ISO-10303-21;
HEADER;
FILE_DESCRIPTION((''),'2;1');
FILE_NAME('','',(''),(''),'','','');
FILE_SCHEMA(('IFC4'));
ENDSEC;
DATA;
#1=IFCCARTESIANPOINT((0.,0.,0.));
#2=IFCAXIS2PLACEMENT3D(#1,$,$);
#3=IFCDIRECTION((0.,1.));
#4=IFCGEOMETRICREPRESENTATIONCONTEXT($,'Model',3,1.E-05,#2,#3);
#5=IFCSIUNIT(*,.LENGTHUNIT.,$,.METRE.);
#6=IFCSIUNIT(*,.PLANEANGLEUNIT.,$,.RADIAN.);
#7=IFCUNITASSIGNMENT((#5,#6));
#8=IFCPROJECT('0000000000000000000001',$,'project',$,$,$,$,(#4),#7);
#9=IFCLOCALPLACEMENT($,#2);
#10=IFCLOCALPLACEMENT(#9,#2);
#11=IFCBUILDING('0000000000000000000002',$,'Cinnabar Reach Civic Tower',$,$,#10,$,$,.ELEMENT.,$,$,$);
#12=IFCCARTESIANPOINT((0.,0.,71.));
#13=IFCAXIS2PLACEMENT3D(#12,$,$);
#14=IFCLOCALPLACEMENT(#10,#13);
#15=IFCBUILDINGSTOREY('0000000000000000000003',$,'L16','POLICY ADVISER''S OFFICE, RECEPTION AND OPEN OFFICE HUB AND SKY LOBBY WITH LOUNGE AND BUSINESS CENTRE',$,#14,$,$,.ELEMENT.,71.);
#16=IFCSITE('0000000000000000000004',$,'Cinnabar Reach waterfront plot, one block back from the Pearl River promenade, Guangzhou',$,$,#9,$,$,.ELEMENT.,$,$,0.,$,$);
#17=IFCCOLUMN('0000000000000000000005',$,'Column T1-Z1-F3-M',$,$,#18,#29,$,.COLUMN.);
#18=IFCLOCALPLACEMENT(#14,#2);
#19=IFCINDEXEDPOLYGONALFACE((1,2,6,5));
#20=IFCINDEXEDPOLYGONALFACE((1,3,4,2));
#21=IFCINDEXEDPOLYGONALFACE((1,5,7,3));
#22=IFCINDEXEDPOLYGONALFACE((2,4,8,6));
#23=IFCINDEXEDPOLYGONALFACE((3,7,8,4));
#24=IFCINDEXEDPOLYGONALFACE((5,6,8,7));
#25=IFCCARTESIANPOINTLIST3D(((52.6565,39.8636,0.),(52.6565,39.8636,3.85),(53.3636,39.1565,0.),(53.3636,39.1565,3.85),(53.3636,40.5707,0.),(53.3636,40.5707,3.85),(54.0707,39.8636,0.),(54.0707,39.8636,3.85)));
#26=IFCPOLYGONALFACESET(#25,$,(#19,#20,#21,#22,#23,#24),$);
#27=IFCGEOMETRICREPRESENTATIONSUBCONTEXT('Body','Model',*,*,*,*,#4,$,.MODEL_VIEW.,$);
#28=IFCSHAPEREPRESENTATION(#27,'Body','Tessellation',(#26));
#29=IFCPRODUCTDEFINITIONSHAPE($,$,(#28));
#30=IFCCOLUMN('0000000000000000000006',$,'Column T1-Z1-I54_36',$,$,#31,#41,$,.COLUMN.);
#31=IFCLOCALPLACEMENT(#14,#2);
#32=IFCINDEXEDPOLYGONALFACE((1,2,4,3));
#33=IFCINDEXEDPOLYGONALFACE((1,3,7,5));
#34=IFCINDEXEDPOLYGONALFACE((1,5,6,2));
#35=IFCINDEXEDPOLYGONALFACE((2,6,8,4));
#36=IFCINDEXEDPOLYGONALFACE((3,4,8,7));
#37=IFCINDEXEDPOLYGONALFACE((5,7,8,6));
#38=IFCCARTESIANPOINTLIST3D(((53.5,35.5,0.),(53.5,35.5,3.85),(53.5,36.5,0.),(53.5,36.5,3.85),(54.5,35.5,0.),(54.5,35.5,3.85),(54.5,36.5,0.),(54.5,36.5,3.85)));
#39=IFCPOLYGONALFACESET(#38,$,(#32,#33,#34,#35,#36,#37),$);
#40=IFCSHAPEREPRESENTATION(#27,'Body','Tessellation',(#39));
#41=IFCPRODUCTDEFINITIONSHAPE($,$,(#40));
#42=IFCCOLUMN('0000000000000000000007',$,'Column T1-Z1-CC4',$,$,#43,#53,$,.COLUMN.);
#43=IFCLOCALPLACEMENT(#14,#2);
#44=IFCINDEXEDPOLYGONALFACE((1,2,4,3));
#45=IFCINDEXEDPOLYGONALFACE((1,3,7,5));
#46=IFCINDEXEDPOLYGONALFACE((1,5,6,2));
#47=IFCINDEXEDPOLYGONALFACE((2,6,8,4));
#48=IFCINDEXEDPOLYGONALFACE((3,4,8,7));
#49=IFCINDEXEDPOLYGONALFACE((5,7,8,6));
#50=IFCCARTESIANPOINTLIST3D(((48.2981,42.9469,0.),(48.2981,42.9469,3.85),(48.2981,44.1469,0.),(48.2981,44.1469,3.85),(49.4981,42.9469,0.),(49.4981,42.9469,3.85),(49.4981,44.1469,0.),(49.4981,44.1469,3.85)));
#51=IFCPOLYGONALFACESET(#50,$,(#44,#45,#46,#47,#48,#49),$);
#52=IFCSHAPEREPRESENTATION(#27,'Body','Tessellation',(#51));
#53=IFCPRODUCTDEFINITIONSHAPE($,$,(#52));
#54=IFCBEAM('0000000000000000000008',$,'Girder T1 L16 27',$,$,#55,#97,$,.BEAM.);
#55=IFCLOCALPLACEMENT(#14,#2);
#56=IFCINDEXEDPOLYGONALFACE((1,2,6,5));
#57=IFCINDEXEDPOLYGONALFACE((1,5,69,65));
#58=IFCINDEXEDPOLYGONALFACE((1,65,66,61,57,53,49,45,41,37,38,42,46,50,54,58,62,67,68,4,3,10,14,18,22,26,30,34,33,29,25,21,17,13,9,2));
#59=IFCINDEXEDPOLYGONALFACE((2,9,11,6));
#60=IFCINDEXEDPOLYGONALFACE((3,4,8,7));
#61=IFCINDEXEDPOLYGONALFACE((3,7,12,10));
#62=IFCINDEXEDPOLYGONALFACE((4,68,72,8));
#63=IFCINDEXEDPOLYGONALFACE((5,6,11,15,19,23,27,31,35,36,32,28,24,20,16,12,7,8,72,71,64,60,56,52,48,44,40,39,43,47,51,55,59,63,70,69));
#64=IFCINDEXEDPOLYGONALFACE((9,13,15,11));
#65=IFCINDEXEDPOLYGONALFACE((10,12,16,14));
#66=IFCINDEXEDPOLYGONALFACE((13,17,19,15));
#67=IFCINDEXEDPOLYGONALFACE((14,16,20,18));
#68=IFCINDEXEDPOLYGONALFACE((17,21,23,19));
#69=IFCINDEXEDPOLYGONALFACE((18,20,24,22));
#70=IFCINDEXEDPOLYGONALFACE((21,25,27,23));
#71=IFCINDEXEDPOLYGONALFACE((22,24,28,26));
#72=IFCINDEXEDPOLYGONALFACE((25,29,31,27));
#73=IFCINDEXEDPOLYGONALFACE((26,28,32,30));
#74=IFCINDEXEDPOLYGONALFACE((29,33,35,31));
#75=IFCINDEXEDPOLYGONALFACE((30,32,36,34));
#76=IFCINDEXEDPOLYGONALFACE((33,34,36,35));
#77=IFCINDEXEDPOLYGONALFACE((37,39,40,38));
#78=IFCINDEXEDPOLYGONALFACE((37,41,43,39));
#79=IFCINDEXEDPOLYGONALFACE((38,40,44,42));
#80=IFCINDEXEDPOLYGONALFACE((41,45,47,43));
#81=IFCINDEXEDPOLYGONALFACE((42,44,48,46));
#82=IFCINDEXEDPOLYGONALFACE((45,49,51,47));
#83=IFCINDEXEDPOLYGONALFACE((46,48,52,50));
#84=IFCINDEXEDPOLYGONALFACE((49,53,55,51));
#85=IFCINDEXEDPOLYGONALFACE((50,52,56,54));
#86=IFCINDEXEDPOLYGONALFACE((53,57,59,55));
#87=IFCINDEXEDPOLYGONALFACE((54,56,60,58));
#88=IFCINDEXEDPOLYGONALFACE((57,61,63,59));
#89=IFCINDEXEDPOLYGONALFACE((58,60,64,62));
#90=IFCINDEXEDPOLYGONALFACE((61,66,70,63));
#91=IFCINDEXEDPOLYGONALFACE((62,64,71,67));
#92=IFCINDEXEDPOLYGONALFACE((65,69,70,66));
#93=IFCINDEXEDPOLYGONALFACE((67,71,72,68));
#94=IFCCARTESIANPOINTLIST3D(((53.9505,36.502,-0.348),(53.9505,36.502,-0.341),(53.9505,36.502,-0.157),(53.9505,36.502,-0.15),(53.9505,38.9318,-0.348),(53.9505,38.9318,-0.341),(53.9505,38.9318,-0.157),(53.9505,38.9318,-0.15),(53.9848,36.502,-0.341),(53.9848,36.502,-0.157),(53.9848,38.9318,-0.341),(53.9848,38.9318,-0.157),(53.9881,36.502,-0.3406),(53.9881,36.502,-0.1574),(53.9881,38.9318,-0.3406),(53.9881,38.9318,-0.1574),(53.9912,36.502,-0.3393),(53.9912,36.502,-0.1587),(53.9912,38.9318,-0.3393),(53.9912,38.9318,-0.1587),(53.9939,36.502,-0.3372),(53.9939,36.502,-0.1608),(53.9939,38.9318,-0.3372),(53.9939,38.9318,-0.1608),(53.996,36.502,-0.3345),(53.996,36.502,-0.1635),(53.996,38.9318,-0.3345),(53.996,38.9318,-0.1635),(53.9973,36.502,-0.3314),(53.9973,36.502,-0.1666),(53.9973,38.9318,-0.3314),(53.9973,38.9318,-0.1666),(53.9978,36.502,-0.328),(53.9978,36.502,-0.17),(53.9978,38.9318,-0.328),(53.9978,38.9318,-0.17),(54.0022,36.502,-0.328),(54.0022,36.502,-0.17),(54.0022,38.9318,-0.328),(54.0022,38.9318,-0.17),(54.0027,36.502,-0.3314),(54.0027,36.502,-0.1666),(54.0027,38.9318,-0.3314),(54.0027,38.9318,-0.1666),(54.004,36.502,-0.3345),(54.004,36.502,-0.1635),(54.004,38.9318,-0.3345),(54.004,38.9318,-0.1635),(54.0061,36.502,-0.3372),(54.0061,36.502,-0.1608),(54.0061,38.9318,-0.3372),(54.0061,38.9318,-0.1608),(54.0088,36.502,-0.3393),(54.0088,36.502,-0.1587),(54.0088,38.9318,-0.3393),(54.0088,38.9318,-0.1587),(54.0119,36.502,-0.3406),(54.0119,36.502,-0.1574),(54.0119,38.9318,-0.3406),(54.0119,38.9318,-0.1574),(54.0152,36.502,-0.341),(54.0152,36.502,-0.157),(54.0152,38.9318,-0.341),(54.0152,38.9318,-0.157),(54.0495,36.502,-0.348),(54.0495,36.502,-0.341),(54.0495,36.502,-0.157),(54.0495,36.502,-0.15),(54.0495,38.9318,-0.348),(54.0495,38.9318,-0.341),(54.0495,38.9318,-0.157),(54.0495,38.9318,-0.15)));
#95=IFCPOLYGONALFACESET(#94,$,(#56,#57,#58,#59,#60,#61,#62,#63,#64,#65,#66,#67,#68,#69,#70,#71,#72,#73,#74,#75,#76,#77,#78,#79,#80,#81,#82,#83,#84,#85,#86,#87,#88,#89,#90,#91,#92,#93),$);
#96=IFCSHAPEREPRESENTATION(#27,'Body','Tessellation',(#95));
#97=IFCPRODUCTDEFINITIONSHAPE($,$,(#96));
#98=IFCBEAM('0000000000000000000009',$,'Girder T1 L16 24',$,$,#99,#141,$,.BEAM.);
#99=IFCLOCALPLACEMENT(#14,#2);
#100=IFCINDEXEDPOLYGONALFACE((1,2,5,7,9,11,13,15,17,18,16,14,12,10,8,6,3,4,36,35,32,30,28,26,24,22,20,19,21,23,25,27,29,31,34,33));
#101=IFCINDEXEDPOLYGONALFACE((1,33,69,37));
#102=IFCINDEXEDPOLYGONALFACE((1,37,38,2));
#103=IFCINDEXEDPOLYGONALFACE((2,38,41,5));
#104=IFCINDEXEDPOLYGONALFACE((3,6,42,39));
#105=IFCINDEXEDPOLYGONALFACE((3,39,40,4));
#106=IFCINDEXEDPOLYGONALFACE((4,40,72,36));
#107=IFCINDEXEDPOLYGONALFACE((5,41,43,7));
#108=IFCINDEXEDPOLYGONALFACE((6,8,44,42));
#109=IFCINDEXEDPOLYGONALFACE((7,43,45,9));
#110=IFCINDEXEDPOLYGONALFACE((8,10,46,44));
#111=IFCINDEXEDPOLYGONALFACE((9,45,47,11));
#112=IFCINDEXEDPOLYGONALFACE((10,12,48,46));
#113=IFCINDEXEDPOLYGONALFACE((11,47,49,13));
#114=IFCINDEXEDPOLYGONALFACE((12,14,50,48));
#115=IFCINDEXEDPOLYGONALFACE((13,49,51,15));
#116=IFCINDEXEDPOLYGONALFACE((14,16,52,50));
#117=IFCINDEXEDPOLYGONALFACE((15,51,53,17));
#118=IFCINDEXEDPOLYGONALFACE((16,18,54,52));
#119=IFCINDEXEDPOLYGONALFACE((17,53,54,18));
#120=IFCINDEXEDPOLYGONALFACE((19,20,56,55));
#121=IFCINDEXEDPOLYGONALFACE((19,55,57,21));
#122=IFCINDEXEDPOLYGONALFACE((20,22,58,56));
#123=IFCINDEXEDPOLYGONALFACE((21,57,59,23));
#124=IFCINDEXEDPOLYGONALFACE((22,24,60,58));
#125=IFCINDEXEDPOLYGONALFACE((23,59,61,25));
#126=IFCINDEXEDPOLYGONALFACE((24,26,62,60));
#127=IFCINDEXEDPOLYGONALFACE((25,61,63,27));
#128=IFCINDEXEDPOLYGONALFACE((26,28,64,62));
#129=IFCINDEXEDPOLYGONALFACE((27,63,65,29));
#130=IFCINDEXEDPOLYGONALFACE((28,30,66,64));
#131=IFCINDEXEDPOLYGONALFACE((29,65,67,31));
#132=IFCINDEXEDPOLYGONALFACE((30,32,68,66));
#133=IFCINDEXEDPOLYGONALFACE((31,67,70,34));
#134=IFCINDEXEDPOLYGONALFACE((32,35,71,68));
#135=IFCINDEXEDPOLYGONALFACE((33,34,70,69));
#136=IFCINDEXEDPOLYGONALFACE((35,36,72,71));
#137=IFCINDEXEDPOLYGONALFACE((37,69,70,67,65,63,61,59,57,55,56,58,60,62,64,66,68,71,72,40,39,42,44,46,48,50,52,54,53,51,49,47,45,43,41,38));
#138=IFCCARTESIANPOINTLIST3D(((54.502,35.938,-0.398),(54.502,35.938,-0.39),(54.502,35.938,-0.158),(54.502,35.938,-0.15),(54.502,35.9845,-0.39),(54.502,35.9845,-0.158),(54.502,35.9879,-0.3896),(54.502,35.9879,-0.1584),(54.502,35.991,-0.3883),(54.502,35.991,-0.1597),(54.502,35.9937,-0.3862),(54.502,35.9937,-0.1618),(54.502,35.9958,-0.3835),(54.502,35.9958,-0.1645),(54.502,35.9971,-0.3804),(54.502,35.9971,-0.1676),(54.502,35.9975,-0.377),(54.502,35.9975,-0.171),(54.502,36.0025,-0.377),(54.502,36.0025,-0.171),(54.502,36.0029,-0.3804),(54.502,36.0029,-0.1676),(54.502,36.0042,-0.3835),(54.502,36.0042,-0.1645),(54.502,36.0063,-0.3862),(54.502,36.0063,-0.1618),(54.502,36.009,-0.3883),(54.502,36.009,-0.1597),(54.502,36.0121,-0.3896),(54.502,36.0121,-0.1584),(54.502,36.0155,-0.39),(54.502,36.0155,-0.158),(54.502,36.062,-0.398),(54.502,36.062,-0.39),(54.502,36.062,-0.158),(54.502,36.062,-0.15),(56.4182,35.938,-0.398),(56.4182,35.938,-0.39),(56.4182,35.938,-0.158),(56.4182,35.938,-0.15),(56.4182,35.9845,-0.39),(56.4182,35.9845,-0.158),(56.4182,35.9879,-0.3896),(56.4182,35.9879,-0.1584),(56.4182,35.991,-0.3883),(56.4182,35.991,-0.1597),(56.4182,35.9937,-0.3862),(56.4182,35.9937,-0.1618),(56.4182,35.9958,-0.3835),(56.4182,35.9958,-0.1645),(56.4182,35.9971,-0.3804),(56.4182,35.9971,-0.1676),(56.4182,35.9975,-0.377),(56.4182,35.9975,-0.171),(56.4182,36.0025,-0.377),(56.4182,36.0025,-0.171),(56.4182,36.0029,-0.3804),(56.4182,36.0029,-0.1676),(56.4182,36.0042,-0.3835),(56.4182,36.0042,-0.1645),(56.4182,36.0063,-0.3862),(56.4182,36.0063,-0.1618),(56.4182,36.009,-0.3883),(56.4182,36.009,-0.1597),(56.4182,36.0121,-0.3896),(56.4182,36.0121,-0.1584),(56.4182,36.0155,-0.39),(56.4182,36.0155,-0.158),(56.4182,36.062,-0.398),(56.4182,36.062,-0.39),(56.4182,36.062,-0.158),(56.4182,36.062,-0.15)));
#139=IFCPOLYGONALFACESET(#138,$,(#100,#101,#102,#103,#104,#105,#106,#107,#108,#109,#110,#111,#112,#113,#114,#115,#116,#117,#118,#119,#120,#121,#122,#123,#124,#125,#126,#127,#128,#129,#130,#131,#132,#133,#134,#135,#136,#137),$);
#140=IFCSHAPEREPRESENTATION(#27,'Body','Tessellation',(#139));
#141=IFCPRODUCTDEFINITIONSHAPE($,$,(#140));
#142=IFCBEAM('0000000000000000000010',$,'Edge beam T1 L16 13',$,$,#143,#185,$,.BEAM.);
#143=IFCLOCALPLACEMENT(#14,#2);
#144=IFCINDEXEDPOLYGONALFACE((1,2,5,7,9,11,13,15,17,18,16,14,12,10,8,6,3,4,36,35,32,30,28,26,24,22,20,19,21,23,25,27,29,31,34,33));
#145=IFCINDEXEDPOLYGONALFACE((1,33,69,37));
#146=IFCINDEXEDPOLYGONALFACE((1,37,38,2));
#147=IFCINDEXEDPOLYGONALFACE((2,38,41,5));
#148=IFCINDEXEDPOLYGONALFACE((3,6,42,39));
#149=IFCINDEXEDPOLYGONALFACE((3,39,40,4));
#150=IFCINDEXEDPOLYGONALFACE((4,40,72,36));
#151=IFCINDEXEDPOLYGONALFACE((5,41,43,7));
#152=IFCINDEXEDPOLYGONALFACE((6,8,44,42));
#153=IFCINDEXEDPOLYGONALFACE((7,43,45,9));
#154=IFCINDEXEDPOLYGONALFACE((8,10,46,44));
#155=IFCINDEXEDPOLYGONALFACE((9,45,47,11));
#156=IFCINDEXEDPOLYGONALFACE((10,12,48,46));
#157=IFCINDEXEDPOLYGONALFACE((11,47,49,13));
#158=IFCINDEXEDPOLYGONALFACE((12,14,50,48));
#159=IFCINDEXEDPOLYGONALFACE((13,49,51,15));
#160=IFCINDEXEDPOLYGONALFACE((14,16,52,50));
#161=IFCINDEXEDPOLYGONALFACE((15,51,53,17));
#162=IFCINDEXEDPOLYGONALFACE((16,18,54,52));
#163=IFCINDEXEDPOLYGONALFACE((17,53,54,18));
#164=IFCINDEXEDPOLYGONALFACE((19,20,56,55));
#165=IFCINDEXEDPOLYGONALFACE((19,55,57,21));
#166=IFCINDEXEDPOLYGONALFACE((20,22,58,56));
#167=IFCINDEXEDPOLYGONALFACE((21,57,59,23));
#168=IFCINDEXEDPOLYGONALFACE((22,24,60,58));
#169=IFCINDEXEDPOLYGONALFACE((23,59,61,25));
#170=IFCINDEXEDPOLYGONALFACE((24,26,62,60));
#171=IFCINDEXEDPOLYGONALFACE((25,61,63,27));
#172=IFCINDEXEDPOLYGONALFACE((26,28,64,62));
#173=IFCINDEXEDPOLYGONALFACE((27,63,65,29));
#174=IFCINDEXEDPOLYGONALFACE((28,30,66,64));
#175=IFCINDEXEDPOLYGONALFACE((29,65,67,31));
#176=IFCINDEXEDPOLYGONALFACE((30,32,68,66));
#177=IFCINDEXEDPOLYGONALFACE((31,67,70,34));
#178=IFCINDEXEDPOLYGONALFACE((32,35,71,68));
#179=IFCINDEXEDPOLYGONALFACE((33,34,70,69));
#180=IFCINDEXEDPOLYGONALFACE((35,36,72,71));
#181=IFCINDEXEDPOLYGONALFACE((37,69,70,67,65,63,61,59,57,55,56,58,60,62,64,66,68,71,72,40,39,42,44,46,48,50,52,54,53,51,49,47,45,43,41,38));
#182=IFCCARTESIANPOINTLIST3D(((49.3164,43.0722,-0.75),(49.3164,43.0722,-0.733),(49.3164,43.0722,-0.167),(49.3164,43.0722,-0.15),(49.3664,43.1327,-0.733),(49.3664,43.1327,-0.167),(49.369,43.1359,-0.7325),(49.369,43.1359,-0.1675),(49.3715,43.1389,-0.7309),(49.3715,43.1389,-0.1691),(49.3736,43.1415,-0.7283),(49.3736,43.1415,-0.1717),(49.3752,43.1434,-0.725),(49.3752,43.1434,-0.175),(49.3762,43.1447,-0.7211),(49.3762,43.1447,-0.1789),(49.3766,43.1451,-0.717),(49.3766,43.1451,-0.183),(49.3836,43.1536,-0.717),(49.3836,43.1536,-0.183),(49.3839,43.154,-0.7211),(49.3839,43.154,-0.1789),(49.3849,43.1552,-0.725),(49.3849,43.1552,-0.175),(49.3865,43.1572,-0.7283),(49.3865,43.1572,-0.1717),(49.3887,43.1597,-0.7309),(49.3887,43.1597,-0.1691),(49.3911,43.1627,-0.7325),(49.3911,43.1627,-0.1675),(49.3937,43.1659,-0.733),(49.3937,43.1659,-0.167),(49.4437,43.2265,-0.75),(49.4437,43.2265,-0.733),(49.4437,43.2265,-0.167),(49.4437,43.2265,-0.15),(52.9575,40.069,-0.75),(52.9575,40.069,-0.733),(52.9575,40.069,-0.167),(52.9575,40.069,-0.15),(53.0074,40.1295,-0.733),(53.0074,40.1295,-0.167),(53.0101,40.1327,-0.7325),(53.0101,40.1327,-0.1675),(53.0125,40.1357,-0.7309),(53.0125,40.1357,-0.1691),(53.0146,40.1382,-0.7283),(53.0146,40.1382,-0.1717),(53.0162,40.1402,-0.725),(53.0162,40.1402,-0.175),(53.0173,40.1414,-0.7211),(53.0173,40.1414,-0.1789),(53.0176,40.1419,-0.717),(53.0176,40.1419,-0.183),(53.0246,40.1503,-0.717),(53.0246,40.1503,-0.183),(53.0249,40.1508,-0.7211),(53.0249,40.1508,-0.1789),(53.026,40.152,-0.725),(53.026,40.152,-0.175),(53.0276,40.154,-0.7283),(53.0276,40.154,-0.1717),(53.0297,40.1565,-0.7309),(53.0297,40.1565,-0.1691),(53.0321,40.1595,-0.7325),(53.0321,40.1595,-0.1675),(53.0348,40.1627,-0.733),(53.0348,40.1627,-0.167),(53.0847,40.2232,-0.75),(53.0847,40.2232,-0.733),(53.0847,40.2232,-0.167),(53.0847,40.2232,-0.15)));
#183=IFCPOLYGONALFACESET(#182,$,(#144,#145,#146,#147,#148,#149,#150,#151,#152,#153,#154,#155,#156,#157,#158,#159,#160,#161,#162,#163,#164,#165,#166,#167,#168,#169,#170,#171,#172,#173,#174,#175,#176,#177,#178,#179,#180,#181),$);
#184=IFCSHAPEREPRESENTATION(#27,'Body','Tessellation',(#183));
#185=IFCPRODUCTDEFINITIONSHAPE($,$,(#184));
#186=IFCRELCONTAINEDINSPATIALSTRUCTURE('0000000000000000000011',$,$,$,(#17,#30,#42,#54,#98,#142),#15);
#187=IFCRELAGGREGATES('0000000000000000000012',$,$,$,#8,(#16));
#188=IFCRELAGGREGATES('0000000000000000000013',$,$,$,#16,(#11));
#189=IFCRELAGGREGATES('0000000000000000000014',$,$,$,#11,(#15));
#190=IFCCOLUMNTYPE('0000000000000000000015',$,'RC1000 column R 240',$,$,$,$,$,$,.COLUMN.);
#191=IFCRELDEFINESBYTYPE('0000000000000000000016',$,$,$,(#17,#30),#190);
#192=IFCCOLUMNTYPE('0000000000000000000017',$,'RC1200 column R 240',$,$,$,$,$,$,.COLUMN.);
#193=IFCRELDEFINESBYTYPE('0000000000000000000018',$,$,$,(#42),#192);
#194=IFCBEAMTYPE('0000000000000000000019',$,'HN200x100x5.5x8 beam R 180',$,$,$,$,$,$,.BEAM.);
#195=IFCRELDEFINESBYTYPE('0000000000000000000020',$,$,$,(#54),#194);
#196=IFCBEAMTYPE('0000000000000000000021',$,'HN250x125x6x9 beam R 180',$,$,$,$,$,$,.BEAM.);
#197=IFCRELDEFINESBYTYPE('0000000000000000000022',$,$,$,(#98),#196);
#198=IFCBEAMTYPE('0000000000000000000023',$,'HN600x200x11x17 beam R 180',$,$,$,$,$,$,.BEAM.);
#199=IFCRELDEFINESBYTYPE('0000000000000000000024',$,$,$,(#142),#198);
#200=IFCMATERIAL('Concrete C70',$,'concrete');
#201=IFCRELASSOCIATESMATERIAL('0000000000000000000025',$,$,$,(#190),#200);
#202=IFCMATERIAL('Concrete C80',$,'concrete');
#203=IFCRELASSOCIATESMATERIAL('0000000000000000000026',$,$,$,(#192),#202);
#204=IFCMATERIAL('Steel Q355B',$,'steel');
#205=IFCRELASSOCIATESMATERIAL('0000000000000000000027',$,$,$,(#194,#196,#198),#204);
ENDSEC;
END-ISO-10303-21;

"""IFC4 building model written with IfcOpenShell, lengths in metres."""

from ifc_helpers import new_model, si_unit, direction, frame, origin, origin_2d, place, context, subcontext, project, spatial, rectangle, i_section, extrude, material, material_profile, profile_set, type_object, element, save


model = new_model("IFC4")

# Units and contexts
model_context = context("Model", 3, precision=1e-05, world=origin(), true_north=direction((0.0, 1.0)))
body_context = subcontext(model_context, "Body", "Model", "MODEL_VIEW")
ifc_project = project(units=[si_unit("LENGTHUNIT", "METRE"), si_unit("PLANEANGLEUNIT", "RADIAN")], contexts=[model_context])

# Site, building, storey
site_placement = place(None, origin())
site = spatial("IfcSite", under=ifc_project, at=site_placement, Name="Cinnabar Reach waterfront plot, one block back from the Pearl River promenade, Guangzhou", CompositionType="ELEMENT", RefElevation=0.0)
building_placement = place(site_placement, origin())
building = spatial("IfcBuilding", under=site, at=building_placement, Name="Cinnabar Reach Civic Tower", CompositionType="ELEMENT")
storey_placement = place(building_placement, frame((0.0, 0.0, 71.0)))
storey = spatial("IfcBuildingStorey", under=building, at=storey_placement, Name="L16", Description="POLICY ADVISER'S OFFICE, RECEPTION AND OPEN OFFICE HUB AND SKY LOBBY WITH LOUNGE AND BUSINESS CENTRE", CompositionType="ELEMENT", Elevation=71.0)

# Columns
ifc_material_1 = material(Name="Concrete C70", Category="concrete")
ifc_material_profile_1 = material_profile(ifc_material_1, rectangle(XDim=1.0, YDim=1.0, at=origin_2d()), Name="RC1000")
ifc_profile_set_1 = profile_set([ifc_material_profile_1], Name="Concrete C70")
column_type_1 = type_object("IfcColumnType", Name="RC1000 column R 240", PredefinedType="COLUMN", material=ifc_profile_set_1)
for number, where, z_axis, x_axis, name in (
    (1, (53.3636, 39.8636, 0.0), (0.0, 0.0, 1.0), (0.707107, 0.707107, 0.0), "Column T1-Z1-F3-M"),
    (2, (54.0, 36.0, 0.0), (0.0, 0.0, 1.0), (1.0, 0.0, 0.0), "Column T1-Z1-I54_36"),
):
    element("IfcColumn", number, at=place(storey_placement, frame(where, z_axis=z_axis, x_axis=x_axis)), inside=storey, type_object=column_type_1, Name=name, PredefinedType="COLUMN", context=body_context, shape_type="SweptSolid", body=[
        extrude(rectangle(XDim=1.0, YDim=1.0, at=origin_2d()), origin(), (0.0, 0.0, 1.0), 3.85),
    ])
ifc_material_2 = material(Name="Concrete C80", Category="concrete")
ifc_material_profile_2 = material_profile(ifc_material_2, rectangle(XDim=1.2, YDim=1.2, at=origin_2d()), Name="RC1200")
ifc_profile_set_2 = profile_set([ifc_material_profile_2], Name="Concrete C80")
column_type_2 = type_object("IfcColumnType", Name="RC1200 column R 240", PredefinedType="COLUMN", material=ifc_profile_set_2)
column_placement = place(storey_placement, frame((48.8981, 43.5469, 0.0), z_axis=(0.0, 0.0, 1.0), x_axis=(1.0, 0.0, 0.0)))
element("IfcColumn", 3, at=column_placement, inside=storey, type_object=column_type_2, Name="Column T1-Z1-CC4", PredefinedType="COLUMN", context=body_context, shape_type="SweptSolid", body=[
    extrude(rectangle(XDim=1.2, YDim=1.2, at=origin_2d()), origin(), (0.0, 0.0, 1.0), 3.85),
])

# Beams
ifc_material_3 = material(Name="Steel Q355B", Category="steel")
ifc_material_profile_3 = material_profile(ifc_material_3, i_section(OverallWidth=0.099, OverallDepth=0.198, WebThickness=0.0045, FlangeThickness=0.007, FilletRadius=0.013, at=origin_2d()), Name="HN200x100x5.5x8")
ifc_profile_set_3 = profile_set([ifc_material_profile_3], Name="Steel Q355B")
beam_type_1 = type_object("IfcBeamType", Name="HN200x100x5.5x8 beam R 180", PredefinedType="BEAM", material=ifc_profile_set_3)
beam_1_placement = place(storey_placement, frame((54.0, 36.502, -0.249), z_axis=(0.0, 1.0, 0.0), x_axis=(-1.0, 0.0, 0.0)))
element("IfcBeam", 4, at=beam_1_placement, inside=storey, type_object=beam_type_1, Name="Girder T1 L16 27", PredefinedType="BEAM", context=body_context, shape_type="SweptSolid", body=[
    extrude(i_section(OverallWidth=0.099, OverallDepth=0.198, WebThickness=0.0045, FlangeThickness=0.007, FilletRadius=0.013, at=origin_2d()), origin(), (0.0, 0.0, 1.0), 2.4298),
])
ifc_material_profile_4 = material_profile(ifc_material_3, i_section(OverallWidth=0.124, OverallDepth=0.248, WebThickness=0.005, FlangeThickness=0.008, FilletRadius=0.013, at=origin_2d()), Name="HN250x125x6x9")
ifc_profile_set_4 = profile_set([ifc_material_profile_4], Name="Steel Q355B")
beam_type_2 = type_object("IfcBeamType", Name="HN250x125x6x9 beam R 180", PredefinedType="BEAM", material=ifc_profile_set_4)
beam_2_placement = place(storey_placement, frame((54.502, 36.0, -0.274), z_axis=(1.0, 0.0, 0.0), x_axis=(0.0, 1.0, 0.0)))
element("IfcBeam", 5, at=beam_2_placement, inside=storey, type_object=beam_type_2, Name="Girder T1 L16 24", PredefinedType="BEAM", context=body_context, shape_type="SweptSolid", body=[
    extrude(i_section(OverallWidth=0.124, OverallDepth=0.248, WebThickness=0.005, FlangeThickness=0.008, FilletRadius=0.013, at=origin_2d()), origin(), (0.0, 0.0, 1.0), 1.9162),
])
ifc_material_profile_5 = material_profile(ifc_material_3, i_section(OverallWidth=0.2, OverallDepth=0.6, WebThickness=0.011, FlangeThickness=0.017, FilletRadius=0.016, at=origin_2d()), Name="HN600x200x11x17")
ifc_profile_set_5 = profile_set([ifc_material_profile_5], Name="Steel Q355B")
beam_type_3 = type_object("IfcBeamType", Name="HN600x200x11x17 beam R 180", PredefinedType="BEAM", material=ifc_profile_set_5)
beam_3_placement = place(storey_placement, frame((53.0211, 40.1461, -0.45), z_axis=(-0.771438, 0.636304, 0.0), x_axis=(-0.636304, -0.771438, 0.0)))
element("IfcBeam", 6, at=beam_3_placement, inside=storey, type_object=beam_type_3, Name="Edge beam T1 L16 13", PredefinedType="BEAM", context=body_context, shape_type="SweptSolid", body=[
    extrude(i_section(OverallWidth=0.2, OverallDepth=0.6, WebThickness=0.011, FlangeThickness=0.017, FilletRadius=0.016, at=origin_2d()), origin(), (0.0, 0.0, 1.0), 4.7198),
])

save(model, "model.ifc")
